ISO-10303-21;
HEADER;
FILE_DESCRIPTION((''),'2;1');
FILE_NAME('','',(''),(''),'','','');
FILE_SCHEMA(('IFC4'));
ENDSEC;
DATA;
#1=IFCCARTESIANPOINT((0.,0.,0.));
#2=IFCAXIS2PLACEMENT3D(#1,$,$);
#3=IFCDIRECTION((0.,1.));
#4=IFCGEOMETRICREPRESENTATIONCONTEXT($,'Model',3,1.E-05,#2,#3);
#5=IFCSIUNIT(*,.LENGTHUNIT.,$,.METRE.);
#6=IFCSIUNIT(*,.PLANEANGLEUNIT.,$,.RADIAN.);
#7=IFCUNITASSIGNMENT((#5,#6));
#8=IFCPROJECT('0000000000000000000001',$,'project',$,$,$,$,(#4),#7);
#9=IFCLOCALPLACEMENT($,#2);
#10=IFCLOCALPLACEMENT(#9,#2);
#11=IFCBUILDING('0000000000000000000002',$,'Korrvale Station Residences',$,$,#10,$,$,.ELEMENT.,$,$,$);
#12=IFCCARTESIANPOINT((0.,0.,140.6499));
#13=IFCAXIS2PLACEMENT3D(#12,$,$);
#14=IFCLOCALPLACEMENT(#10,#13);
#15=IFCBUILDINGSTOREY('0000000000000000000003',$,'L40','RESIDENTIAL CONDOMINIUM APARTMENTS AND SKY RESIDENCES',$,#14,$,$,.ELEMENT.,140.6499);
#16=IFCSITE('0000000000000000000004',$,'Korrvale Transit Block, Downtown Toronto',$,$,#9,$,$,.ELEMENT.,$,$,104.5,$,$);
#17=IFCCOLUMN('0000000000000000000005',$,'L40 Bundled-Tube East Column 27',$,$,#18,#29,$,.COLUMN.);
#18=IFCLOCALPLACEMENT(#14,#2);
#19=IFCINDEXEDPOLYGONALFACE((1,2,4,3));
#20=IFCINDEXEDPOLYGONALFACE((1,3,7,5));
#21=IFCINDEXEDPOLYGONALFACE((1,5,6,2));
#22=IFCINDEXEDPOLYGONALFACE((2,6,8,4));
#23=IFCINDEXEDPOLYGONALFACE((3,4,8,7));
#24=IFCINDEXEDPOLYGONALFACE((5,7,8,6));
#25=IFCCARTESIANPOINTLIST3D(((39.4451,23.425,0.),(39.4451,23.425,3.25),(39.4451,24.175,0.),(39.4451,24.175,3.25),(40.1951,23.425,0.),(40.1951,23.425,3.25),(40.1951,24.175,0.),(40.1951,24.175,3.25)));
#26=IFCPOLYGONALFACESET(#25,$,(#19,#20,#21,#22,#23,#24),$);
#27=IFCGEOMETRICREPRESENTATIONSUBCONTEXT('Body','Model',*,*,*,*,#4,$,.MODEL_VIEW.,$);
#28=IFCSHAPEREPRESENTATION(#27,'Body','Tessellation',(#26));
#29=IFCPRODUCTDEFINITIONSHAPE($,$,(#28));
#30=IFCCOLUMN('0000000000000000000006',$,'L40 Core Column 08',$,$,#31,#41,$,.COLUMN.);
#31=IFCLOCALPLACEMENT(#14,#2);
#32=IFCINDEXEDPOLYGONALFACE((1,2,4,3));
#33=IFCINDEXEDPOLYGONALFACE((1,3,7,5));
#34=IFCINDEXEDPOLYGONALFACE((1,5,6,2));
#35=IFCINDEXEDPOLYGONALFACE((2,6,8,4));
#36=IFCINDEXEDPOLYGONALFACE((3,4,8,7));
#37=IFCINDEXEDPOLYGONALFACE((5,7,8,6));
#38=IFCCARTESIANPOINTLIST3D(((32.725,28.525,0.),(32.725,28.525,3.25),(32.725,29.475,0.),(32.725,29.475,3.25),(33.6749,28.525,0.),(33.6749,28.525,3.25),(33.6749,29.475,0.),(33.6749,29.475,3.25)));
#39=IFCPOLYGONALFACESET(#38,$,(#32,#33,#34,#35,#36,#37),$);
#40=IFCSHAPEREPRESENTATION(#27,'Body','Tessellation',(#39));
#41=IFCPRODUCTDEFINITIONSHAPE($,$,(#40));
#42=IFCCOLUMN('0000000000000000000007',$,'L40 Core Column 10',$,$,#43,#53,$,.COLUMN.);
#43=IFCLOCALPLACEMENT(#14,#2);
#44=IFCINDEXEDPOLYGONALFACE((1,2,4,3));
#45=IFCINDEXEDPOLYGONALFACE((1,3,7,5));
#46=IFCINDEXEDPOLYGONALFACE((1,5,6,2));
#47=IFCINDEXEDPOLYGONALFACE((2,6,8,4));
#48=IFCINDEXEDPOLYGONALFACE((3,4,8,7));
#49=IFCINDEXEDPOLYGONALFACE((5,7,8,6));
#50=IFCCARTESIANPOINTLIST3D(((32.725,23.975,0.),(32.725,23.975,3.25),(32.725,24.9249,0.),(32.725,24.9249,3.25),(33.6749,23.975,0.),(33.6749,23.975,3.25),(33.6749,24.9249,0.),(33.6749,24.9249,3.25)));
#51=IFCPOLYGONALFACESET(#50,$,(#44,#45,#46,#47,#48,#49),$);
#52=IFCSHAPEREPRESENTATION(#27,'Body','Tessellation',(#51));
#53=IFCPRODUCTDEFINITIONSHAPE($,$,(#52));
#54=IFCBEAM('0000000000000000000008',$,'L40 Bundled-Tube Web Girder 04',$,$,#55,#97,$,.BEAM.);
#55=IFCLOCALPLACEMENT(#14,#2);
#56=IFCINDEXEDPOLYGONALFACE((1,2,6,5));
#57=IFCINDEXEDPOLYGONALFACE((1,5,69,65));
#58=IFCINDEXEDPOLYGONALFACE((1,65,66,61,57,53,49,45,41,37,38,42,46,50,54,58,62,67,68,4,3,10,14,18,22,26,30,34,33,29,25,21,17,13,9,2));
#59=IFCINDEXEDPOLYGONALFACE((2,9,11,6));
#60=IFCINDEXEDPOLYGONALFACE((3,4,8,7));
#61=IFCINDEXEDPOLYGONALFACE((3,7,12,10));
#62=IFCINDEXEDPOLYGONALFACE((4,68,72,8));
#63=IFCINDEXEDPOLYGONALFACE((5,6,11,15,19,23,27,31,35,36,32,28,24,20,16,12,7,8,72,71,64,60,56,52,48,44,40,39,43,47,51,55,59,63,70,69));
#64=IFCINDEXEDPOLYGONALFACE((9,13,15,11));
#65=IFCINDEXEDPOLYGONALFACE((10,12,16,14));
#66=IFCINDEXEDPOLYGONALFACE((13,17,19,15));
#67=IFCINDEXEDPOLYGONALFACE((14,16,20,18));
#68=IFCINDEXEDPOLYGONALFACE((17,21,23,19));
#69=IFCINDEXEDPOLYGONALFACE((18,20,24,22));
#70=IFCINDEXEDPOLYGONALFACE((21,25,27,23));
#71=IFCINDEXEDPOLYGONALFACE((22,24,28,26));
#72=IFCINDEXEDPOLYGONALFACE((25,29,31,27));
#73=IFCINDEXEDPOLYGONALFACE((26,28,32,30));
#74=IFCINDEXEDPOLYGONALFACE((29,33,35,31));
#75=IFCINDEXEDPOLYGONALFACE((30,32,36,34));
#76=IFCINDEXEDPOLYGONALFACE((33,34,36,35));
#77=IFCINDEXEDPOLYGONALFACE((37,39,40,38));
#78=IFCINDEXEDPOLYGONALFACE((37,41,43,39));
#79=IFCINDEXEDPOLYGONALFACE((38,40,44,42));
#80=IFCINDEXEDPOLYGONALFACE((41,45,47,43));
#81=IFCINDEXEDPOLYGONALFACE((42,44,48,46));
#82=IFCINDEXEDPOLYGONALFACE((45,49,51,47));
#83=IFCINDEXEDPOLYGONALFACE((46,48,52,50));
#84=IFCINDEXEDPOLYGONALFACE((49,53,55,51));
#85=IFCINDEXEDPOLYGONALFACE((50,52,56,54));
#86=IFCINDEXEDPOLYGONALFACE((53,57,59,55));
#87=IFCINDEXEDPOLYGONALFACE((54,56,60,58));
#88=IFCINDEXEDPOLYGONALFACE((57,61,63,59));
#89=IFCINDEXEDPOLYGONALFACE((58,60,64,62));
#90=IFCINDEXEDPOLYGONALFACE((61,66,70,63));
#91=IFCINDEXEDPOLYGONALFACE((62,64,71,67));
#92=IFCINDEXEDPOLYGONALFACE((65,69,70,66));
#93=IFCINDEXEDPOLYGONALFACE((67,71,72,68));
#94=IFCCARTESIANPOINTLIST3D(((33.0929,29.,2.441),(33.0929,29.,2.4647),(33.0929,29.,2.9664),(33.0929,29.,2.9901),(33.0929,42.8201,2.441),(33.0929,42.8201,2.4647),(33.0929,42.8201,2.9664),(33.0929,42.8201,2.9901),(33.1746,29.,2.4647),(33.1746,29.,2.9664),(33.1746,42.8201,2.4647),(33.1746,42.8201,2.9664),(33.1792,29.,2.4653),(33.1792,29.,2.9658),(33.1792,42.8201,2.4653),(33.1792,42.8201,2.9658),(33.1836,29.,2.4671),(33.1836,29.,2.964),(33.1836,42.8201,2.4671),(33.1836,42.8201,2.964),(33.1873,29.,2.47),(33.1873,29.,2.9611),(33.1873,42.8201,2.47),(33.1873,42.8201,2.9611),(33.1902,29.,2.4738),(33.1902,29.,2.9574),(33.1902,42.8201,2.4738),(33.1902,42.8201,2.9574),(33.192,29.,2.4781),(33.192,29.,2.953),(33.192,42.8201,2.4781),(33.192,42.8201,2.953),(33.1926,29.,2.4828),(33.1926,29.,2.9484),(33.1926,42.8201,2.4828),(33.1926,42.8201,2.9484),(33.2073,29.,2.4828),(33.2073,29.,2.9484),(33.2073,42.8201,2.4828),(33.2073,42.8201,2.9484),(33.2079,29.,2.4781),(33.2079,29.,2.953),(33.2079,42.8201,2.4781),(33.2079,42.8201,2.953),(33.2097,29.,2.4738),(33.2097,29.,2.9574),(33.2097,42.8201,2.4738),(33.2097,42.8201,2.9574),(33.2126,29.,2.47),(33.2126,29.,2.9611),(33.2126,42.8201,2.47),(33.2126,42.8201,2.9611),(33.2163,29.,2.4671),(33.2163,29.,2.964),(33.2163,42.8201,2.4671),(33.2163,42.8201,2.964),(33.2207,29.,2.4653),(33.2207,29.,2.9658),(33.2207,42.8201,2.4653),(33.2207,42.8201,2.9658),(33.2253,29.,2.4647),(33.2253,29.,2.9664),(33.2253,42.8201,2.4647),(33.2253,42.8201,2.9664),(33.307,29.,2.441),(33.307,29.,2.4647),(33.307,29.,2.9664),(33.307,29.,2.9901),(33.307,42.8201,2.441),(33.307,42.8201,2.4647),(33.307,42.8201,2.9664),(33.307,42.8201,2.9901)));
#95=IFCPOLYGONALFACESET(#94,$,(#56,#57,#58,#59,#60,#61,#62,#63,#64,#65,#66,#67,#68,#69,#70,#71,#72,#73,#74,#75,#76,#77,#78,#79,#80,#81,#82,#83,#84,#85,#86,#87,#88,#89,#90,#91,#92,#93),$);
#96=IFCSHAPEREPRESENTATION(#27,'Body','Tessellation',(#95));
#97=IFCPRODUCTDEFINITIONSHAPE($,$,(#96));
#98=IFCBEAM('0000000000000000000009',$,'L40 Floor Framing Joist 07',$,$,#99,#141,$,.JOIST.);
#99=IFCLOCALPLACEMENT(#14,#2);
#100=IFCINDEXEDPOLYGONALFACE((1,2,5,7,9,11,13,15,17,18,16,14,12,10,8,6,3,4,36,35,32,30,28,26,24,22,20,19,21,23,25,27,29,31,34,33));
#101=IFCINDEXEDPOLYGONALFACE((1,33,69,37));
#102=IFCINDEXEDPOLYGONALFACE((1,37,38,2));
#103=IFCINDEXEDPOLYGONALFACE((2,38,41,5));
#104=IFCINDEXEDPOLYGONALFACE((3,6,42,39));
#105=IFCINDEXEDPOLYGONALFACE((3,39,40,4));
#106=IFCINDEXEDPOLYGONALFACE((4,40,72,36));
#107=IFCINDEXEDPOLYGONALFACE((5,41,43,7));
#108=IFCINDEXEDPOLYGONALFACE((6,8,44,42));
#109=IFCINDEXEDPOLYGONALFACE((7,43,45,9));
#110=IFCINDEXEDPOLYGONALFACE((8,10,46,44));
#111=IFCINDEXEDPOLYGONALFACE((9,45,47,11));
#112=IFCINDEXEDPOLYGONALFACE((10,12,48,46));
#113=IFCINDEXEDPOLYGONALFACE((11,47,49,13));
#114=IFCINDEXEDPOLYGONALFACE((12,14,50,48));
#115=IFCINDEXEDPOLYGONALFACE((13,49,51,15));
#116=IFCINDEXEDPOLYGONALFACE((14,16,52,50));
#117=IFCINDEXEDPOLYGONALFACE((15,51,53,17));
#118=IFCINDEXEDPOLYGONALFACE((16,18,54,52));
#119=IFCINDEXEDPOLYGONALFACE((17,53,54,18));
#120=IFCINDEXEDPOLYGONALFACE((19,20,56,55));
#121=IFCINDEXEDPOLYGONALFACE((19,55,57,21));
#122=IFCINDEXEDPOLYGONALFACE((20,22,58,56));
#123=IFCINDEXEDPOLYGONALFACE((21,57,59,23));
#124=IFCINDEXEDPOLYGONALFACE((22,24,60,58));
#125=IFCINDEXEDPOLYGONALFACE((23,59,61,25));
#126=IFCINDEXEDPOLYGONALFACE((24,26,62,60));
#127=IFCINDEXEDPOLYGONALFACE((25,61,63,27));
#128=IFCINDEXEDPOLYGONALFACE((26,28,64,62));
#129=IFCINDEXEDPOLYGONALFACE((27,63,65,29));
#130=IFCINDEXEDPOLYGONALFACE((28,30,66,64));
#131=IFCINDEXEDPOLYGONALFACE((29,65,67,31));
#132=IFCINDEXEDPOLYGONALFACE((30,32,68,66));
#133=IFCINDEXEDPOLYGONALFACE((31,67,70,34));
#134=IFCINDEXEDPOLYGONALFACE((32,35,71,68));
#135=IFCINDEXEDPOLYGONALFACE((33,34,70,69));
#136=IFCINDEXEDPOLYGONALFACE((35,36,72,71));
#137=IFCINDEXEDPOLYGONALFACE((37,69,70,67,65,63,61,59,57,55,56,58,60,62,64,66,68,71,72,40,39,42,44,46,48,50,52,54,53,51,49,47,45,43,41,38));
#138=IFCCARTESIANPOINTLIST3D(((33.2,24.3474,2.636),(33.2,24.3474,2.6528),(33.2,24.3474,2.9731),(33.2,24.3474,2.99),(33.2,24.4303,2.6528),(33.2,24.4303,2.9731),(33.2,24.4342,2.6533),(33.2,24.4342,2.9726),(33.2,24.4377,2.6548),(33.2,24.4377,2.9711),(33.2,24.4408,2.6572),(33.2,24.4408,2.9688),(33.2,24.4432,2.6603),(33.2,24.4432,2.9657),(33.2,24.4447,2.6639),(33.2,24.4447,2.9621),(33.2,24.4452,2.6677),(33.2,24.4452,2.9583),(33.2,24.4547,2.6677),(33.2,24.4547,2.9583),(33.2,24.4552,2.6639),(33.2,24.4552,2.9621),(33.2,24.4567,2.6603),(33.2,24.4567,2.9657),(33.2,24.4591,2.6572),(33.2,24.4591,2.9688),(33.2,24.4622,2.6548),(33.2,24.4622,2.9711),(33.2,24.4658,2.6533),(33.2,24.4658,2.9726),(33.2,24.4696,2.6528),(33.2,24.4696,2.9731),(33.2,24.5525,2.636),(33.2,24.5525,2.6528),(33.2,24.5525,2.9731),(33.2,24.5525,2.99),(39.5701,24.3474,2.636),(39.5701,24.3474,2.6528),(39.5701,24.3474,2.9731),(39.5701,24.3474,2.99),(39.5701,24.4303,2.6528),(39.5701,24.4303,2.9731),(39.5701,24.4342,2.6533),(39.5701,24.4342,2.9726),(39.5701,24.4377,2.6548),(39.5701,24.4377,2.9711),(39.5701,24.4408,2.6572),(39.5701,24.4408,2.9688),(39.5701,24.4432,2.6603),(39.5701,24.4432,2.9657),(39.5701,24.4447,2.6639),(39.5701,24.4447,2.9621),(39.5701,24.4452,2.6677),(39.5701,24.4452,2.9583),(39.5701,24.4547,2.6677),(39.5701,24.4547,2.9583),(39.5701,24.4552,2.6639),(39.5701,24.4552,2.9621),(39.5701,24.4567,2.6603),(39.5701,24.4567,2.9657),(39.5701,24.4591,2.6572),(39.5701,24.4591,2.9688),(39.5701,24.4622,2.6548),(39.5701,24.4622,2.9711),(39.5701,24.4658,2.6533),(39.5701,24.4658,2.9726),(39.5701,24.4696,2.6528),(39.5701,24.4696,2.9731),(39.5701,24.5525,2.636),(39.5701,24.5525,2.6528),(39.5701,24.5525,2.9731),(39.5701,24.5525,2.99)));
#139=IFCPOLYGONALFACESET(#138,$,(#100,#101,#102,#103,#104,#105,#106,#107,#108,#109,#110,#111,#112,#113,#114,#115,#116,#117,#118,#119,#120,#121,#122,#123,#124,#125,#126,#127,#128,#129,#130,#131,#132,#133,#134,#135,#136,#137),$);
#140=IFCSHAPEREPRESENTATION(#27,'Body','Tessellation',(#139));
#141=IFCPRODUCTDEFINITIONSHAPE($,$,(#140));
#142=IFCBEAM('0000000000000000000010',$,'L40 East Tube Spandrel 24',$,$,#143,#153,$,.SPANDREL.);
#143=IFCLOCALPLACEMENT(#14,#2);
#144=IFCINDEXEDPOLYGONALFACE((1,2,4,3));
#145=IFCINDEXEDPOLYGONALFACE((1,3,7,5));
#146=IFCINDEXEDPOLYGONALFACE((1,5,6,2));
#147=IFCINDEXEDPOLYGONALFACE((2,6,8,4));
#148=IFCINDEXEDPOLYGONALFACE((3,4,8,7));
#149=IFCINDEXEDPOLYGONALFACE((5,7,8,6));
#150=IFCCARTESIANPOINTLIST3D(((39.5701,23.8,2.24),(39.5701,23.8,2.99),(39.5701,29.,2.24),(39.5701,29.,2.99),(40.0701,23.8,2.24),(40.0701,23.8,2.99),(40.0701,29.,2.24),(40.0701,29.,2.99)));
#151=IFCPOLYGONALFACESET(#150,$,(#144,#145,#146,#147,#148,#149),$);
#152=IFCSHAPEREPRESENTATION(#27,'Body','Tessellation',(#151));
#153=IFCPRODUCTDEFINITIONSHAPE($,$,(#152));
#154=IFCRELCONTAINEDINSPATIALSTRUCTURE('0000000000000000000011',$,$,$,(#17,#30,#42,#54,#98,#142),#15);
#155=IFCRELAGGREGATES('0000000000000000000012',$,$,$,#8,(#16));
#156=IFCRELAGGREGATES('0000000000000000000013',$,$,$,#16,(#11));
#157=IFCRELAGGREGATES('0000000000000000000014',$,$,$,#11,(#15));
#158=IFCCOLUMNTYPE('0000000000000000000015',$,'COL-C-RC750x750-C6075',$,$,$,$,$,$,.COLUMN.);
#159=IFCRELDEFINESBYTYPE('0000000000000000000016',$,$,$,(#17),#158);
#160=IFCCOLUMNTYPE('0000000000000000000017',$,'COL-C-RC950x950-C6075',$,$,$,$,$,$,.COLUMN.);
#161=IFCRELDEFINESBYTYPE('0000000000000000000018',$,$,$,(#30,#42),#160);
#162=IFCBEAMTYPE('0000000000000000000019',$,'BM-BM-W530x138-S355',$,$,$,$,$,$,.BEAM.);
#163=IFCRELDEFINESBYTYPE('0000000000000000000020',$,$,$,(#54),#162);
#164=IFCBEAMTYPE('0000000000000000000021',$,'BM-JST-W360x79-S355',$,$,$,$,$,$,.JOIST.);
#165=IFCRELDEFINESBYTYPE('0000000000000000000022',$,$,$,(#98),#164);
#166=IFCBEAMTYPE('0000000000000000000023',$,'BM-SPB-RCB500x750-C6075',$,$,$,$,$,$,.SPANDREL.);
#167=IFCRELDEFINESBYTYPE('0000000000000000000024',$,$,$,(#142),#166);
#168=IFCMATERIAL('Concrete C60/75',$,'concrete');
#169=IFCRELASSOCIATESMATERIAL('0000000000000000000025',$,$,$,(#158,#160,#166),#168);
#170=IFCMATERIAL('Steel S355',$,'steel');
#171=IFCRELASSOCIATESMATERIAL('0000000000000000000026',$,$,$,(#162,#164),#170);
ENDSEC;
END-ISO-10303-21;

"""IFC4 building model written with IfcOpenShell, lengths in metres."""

from ifc_helpers import new_model, si_unit, direction, frame, origin, origin_2d, place, context, subcontext, project, spatial, rectangle, i_section, extrude, material, material_profile, profile_set, type_object, element, save


model = new_model("IFC4")

# Units and contexts
model_context = context("Model", 3, precision=1e-05, world=origin(), true_north=direction((0.0, 1.0)))
body_context = subcontext(model_context, "Body", "Model", "MODEL_VIEW")
ifc_project = project(units=[si_unit("LENGTHUNIT", "METRE"), si_unit("PLANEANGLEUNIT", "RADIAN")], contexts=[model_context])

# Site, building, storey
site_placement = place(None, origin())
site = spatial("IfcSite", under=ifc_project, at=site_placement, Name="Korrvale Transit Block, Downtown Toronto", CompositionType="ELEMENT", RefElevation=104.5)
building_placement = place(site_placement, origin())
building = spatial("IfcBuilding", under=site, at=building_placement, Name="Korrvale Station Residences", CompositionType="ELEMENT")
storey_placement = place(building_placement, frame((0.0, 0.0, 140.6499)))
storey = spatial("IfcBuildingStorey", under=building, at=storey_placement, Name="L40", Description="RESIDENTIAL CONDOMINIUM APARTMENTS AND SKY RESIDENCES", CompositionType="ELEMENT", Elevation=140.6499)

# Columns
ifc_material_1 = material(Name="Concrete C60/75", Category="concrete")
ifc_material_profile_1 = material_profile(ifc_material_1, rectangle(XDim=0.75, YDim=0.75, at=origin_2d()), Name="RC750x750")
ifc_profile_set_1 = profile_set([ifc_material_profile_1], Name="Concrete C60/75")
column_type_1 = type_object("IfcColumnType", Name="COL-C-RC750x750-C6075", PredefinedType="COLUMN", material=ifc_profile_set_1)
column_placement = place(storey_placement, frame((39.8201, 23.8, 0.0), z_axis=(0.0, 0.0, 1.0), x_axis=(1.0, 0.0, 0.0)))
element("IfcColumn", 1, at=column_placement, inside=storey, type_object=column_type_1, Name="L40 Bundled-Tube East Column 27", PredefinedType="COLUMN", context=body_context, shape_type="SweptSolid", body=[
    extrude(rectangle(XDim=0.75, YDim=0.75, at=origin_2d()), origin(), (0.0, 0.0, 1.0), 3.25),
])
ifc_material_profile_2 = material_profile(ifc_material_1, rectangle(XDim=0.95, YDim=0.95, at=origin_2d()), Name="RC950x950")
ifc_profile_set_2 = profile_set([ifc_material_profile_2], Name="Concrete C60/75")
column_type_2 = type_object("IfcColumnType", Name="COL-C-RC950x950-C6075", PredefinedType="COLUMN", material=ifc_profile_set_2)
for number, where, z_axis, x_axis, name in (
    (2, (33.2, 29.0, 0.0), (0.0, 0.0, 1.0), (1.0, 0.0, 0.0), "L40 Core Column 08"),
    (3, (33.2, 24.45, 0.0), (0.0, 0.0, 1.0), (1.0, 0.0, 0.0), "L40 Core Column 10"),
):
    element("IfcColumn", number, at=place(storey_placement, frame(where, z_axis=z_axis, x_axis=x_axis)), inside=storey, type_object=column_type_2, Name=name, PredefinedType="COLUMN", context=body_context, shape_type="SweptSolid", body=[
        extrude(rectangle(XDim=0.95, YDim=0.95, at=origin_2d()), origin(), (0.0, 0.0, 1.0), 3.25),
    ])

# Beams
ifc_material_2 = material(Name="Steel S355", Category="steel")
ifc_material_profile_3 = material_profile(ifc_material_2, i_section(OverallWidth=0.2141, OverallDepth=0.5491, WebThickness=0.0146, FlangeThickness=0.0237, FilletRadius=0.0181, at=origin_2d()), Name="W530x138")
ifc_profile_set_3 = profile_set([ifc_material_profile_3], Name="Steel S355")
beam_type_1 = type_object("IfcBeamType", Name="BM-BM-W530x138-S355", PredefinedType="BEAM", material=ifc_profile_set_3)
beam_1_placement = place(storey_placement, frame((33.2, 29.0, 2.7156), z_axis=(0.0, 1.0, 0.0), x_axis=(-1.0, 0.0, 0.0)))
element("IfcBeam", 4, at=beam_1_placement, inside=storey, type_object=beam_type_1, Name="L40 Bundled-Tube Web Girder 04", PredefinedType="BEAM", context=body_context, shape_type="SweptSolid", body=[
    extrude(i_section(OverallWidth=0.2141, OverallDepth=0.5491, WebThickness=0.0146, FlangeThickness=0.0237, FilletRadius=0.0181, at=origin_2d()), origin(), (0.0, 0.0, 1.0), 13.8201),
])
ifc_material_profile_4 = material_profile(ifc_material_2, i_section(OverallWidth=0.2051, OverallDepth=0.354, WebThickness=0.0095, FlangeThickness=0.0168, FilletRadius=0.0149, at=origin_2d()), Name="W360x79")
ifc_profile_set_4 = profile_set([ifc_material_profile_4], Name="Steel S355")
beam_type_2 = type_object("IfcBeamType", Name="BM-JST-W360x79-S355", PredefinedType="JOIST", material=ifc_profile_set_4)
beam_2_placement = place(storey_placement, frame((33.2, 24.45, 2.813), z_axis=(1.0, 0.0, 0.0), x_axis=(0.0, 1.0, 0.0)))
element("IfcBeam", 5, at=beam_2_placement, inside=storey, type_object=beam_type_2, Name="L40 Floor Framing Joist 07", PredefinedType="JOIST", context=body_context, shape_type="SweptSolid", body=[
    extrude(i_section(OverallWidth=0.2051, OverallDepth=0.354, WebThickness=0.0095, FlangeThickness=0.0168, FilletRadius=0.0149, at=origin_2d()), origin(), (0.0, 0.0, 1.0), 6.3701),
])
ifc_material_profile_5 = material_profile(ifc_material_1, rectangle(XDim=0.5, YDim=0.75, at=origin_2d()), Name="RCB500x750")
ifc_profile_set_5 = profile_set([ifc_material_profile_5], Name="Concrete C60/75")
beam_type_3 = type_object("IfcBeamType", Name="BM-SPB-RCB500x750-C6075", PredefinedType="SPANDREL", material=ifc_profile_set_5)
beam_3_placement = place(storey_placement, frame((39.8201, 23.8, 2.615), z_axis=(0.0, 1.0, 0.0), x_axis=(-1.0, 0.0, 0.0)))
element("IfcBeam", 6, at=beam_3_placement, inside=storey, type_object=beam_type_3, Name="L40 East Tube Spandrel 24", PredefinedType="SPANDREL", context=body_context, shape_type="SweptSolid", body=[
    extrude(rectangle(XDim=0.5, YDim=0.75, at=origin_2d()), origin(), (0.0, 0.0, 1.0), 5.2),
])

save(model, "model.ifc")
